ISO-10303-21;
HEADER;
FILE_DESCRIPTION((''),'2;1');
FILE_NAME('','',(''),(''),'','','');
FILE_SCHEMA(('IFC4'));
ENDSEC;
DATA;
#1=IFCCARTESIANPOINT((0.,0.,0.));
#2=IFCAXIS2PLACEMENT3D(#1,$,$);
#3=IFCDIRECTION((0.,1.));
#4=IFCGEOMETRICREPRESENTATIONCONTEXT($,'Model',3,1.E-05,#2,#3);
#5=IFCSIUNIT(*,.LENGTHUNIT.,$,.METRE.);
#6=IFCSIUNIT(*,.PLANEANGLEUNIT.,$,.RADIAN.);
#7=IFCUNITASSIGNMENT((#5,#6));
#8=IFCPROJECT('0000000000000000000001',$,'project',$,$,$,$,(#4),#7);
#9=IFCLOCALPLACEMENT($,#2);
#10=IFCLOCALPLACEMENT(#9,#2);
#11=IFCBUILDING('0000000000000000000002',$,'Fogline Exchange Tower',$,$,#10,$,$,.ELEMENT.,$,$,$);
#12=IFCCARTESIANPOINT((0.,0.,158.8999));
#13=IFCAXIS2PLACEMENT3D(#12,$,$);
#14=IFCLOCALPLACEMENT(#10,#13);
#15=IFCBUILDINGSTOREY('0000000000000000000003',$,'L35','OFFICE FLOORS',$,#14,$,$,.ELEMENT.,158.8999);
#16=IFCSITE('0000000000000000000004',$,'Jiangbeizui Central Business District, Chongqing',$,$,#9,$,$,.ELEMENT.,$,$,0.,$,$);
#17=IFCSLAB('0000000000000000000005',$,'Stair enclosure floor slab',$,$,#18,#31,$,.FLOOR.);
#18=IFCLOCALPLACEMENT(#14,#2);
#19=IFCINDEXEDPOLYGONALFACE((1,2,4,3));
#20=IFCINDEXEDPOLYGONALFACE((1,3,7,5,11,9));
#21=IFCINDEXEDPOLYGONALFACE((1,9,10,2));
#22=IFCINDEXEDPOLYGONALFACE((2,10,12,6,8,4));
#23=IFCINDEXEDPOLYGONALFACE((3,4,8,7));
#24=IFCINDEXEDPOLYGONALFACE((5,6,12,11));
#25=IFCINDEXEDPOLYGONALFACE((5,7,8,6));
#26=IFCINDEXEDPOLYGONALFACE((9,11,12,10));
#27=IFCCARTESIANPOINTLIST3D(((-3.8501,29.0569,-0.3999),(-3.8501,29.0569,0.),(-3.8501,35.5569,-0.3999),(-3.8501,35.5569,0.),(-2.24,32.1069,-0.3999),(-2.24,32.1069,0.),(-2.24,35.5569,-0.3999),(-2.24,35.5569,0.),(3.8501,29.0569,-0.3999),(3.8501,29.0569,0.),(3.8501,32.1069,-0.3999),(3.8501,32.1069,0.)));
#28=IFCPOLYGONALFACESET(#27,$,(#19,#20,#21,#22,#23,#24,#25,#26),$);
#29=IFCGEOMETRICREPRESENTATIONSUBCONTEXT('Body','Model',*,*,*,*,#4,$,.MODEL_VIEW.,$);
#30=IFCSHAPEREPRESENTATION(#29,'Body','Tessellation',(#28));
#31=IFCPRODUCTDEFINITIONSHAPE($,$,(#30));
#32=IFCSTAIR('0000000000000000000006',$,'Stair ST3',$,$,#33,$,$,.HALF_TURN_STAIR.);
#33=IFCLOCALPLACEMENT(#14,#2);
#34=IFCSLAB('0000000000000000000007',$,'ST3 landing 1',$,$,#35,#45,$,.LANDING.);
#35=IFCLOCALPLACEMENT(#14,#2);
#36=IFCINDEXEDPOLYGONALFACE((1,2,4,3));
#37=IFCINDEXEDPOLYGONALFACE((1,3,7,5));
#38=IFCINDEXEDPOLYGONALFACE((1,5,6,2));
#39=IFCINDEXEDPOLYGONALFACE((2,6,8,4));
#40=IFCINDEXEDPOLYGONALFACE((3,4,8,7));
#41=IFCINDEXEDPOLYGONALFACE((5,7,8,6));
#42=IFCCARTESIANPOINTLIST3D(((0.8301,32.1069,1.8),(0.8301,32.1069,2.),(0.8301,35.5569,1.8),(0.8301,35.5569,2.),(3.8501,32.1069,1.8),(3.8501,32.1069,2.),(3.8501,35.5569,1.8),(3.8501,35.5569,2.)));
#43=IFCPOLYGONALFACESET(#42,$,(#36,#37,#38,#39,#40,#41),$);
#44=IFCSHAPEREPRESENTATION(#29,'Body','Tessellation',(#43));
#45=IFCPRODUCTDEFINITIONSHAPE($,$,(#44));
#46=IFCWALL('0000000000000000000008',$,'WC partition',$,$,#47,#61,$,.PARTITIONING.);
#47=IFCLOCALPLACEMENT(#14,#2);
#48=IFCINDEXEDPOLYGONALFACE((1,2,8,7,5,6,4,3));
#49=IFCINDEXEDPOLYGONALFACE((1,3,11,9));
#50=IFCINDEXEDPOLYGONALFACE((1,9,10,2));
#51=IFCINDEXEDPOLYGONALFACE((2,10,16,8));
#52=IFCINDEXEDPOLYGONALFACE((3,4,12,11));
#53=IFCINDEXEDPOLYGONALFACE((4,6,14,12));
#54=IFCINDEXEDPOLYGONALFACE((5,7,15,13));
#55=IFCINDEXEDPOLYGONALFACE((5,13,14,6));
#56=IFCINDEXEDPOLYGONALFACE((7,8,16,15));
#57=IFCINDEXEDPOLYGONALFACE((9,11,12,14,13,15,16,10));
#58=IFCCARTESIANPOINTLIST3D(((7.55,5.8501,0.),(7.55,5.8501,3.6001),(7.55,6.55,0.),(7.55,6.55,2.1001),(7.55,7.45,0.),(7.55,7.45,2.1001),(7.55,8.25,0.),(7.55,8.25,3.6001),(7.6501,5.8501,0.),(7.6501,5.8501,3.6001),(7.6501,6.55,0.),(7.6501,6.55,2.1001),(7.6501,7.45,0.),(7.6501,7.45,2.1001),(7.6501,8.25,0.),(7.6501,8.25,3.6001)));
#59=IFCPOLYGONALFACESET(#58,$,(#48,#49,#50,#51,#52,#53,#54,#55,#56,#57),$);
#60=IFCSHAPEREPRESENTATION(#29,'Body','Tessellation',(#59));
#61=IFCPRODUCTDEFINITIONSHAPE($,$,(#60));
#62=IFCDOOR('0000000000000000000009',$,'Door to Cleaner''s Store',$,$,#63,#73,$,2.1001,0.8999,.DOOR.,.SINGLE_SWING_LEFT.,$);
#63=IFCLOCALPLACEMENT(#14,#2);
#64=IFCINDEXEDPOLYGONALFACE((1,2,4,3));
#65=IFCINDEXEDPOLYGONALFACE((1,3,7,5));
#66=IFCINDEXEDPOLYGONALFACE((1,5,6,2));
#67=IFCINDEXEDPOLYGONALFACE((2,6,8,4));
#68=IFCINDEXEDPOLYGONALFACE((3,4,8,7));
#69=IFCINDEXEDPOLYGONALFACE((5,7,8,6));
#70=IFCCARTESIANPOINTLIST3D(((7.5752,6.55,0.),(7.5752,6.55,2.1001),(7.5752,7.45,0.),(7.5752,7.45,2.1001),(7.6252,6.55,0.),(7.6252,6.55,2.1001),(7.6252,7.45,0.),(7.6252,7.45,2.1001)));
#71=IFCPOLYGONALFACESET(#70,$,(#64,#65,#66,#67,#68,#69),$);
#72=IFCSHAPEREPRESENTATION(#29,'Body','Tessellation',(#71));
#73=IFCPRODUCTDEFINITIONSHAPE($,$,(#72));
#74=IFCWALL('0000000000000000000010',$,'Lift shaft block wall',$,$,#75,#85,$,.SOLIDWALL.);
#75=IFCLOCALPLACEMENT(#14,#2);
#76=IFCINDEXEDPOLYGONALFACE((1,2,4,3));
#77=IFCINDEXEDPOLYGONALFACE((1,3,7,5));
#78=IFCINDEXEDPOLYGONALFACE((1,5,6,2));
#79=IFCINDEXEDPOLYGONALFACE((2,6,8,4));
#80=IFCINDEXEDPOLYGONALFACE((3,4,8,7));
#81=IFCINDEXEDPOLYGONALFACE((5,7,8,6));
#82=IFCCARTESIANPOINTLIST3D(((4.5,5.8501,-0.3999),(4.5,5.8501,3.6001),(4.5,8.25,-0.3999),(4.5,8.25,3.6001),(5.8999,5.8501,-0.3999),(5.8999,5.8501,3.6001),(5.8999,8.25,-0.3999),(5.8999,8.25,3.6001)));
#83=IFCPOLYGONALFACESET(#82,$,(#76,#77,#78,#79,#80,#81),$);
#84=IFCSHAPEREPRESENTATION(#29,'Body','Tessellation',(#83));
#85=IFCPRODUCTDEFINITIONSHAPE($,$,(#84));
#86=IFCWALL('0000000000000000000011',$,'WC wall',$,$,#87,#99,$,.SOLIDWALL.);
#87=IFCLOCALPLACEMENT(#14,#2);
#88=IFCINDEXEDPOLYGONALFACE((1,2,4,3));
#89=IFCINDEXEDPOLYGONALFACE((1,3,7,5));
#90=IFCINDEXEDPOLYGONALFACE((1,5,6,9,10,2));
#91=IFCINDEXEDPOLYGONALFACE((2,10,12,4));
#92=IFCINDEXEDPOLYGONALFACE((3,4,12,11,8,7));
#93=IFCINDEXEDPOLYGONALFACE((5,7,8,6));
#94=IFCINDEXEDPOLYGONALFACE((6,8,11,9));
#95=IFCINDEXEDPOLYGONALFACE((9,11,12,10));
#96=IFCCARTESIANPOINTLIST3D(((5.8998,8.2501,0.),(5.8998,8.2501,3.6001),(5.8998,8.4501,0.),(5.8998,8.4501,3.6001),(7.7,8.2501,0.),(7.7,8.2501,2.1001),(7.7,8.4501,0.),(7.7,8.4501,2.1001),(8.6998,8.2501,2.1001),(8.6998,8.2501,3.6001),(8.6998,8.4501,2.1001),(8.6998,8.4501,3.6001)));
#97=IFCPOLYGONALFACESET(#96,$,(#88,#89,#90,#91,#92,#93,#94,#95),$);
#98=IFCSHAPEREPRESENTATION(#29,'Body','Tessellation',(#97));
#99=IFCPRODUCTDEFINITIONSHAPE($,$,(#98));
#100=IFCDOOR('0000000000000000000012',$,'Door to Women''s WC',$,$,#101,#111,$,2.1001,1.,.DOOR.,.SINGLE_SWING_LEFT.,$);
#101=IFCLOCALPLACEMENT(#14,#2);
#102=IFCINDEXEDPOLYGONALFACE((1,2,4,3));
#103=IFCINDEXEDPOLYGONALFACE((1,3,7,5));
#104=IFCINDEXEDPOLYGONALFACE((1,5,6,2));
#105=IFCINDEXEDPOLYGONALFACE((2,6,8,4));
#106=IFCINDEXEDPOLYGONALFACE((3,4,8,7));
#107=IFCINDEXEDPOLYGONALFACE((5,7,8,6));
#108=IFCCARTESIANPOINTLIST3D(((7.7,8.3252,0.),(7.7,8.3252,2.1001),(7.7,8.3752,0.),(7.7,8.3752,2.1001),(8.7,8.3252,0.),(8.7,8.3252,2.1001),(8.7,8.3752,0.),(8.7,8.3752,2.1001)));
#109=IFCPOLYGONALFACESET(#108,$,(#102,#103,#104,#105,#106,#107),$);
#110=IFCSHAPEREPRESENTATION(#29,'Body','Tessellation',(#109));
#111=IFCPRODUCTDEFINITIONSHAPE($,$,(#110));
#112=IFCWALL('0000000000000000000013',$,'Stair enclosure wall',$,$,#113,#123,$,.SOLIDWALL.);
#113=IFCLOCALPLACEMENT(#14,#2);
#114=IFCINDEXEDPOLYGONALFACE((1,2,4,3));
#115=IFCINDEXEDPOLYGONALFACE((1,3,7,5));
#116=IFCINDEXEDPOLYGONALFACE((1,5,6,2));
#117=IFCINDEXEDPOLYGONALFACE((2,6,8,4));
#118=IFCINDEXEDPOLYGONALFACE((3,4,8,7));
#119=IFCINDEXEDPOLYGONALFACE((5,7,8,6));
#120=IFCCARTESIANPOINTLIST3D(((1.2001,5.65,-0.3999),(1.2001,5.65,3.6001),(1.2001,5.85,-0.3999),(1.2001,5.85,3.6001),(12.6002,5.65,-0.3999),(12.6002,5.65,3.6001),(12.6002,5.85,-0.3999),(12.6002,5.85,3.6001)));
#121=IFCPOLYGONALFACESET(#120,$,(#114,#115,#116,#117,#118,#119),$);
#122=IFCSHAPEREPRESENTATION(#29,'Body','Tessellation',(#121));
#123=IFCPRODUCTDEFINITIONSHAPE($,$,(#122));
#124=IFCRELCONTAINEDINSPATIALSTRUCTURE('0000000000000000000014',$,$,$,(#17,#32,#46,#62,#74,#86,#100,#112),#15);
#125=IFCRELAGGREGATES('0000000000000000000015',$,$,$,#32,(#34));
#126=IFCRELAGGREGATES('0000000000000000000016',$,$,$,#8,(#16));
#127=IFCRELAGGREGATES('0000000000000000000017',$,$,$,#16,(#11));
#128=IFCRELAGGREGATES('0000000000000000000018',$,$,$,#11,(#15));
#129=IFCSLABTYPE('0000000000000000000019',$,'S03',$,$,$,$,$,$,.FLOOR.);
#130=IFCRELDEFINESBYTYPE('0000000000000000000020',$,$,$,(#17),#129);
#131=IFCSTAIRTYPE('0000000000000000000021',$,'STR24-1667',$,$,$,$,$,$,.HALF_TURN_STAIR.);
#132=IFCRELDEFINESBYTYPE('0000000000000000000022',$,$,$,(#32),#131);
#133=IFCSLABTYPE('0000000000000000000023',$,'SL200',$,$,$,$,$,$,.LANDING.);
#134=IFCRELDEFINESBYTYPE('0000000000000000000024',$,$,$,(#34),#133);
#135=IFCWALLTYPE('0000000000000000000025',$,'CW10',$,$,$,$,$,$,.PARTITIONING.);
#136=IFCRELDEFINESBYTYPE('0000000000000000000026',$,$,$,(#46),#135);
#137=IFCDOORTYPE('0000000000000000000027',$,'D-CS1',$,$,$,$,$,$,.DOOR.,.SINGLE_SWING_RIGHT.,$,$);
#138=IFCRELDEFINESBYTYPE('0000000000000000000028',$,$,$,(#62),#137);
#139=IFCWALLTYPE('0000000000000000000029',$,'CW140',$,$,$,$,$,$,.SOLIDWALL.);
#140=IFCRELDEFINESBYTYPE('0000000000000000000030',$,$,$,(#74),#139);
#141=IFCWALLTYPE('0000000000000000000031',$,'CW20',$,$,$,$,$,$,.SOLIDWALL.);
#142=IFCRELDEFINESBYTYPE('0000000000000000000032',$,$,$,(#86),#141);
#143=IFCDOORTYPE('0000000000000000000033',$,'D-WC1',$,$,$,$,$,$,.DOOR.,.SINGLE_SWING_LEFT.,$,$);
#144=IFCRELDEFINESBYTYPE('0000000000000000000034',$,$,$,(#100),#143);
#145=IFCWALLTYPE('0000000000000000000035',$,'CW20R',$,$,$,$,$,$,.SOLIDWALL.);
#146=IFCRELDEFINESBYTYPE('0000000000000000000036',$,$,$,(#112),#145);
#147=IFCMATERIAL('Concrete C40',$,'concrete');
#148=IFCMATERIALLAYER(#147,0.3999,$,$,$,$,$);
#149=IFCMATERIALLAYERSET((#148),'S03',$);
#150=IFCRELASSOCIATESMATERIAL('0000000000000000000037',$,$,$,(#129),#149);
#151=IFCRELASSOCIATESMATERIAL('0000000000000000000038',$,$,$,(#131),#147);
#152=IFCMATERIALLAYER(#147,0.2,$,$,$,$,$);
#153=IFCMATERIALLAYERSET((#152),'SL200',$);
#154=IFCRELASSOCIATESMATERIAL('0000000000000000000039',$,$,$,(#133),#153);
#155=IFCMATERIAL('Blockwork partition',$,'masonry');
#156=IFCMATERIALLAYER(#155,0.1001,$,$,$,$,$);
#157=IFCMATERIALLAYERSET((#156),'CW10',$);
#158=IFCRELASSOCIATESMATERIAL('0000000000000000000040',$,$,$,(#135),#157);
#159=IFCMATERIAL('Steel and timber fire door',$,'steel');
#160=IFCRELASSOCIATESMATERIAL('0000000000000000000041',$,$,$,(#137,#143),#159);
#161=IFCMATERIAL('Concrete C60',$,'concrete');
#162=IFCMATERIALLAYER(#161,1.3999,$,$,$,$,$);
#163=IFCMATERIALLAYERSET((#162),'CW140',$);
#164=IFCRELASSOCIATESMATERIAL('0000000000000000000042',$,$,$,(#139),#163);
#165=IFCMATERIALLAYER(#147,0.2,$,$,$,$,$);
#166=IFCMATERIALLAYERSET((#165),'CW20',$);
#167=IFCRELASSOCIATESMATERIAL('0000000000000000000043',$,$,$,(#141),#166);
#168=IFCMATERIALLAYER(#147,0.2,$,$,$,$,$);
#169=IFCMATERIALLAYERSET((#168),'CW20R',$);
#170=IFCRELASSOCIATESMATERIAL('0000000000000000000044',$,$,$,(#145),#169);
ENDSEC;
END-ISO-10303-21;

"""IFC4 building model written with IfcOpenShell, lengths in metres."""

from ifc_helpers import new_model, si_unit, direction, frame, frame_2d, origin, place, context, subcontext, project, spatial, polyline, rectangle, outline, extrude, material, layer, layer_set, type_object, element, fill, aggregate, save


model = new_model("IFC4")

# Units and contexts
model_context = context("Model", 3, precision=1e-05, world=origin(), true_north=direction((0.0, 1.0)))
body_context = subcontext(model_context, "Body", "Model", "MODEL_VIEW")
ifc_project = project(units=[si_unit("LENGTHUNIT", "METRE"), si_unit("PLANEANGLEUNIT", "RADIAN")], contexts=[model_context])

# Site, building, storey
site_placement = place(None, origin())
site = spatial("IfcSite", under=ifc_project, at=site_placement, Name="Jiangbeizui Central Business District, Chongqing", CompositionType="ELEMENT", RefElevation=0.0)
building_placement = place(site_placement, origin())
building = spatial("IfcBuilding", under=site, at=building_placement, Name="Fogline Exchange Tower", CompositionType="ELEMENT")
storey_placement = place(building_placement, frame((0.0, 0.0, 158.8999)))
storey = spatial("IfcBuildingStorey", under=building, at=storey_placement, Name="L35", Description="OFFICE FLOORS", CompositionType="ELEMENT", Elevation=158.8999)

# Slab
ifc_material_1 = material(Name="Concrete C40", Category="concrete")
ifc_layer_1 = layer(ifc_material_1, 0.3999)
ifc_layer_set_1 = layer_set([ifc_layer_1], Name="S03")
slab_type_1 = type_object("IfcSlabType", Name="S03", PredefinedType="FLOOR", material=ifc_layer_set_1)
slab_1_placement = place(storey_placement, frame((0.0, 0.0, -0.3999)))
element("IfcSlab", 1, at=slab_1_placement, inside=storey, type_object=slab_type_1, Name="Stair enclosure floor slab", PredefinedType="FLOOR", context=body_context, shape_type="SweptSolid", body=[
    extrude(outline(polyline([(3.8501, 29.0569), (-3.8501, 29.0569), (-3.8501, 35.5569), (-2.24, 35.5569), (-2.24, 32.1069), (3.8501, 32.1069), (3.8501, 29.0569)])), origin(), (0.0, 0.0, 1.0), 0.3999),
])

# Stair, slab
stair_type = type_object("IfcStairType", Name="STR24-1667", PredefinedType="HALF_TURN_STAIR", material=ifc_material_1)
stair_1_placement = place(storey_placement, origin())
stair_1 = element("IfcStair", 2, at=stair_1_placement, inside=storey, type_object=stair_type, Name="Stair ST3", PredefinedType="HALF_TURN_STAIR")
ifc_layer_2 = layer(ifc_material_1, 0.2)
ifc_layer_set_2 = layer_set([ifc_layer_2], Name="SL200")
slab_type_2 = type_object("IfcSlabType", Name="SL200", PredefinedType="LANDING", material=ifc_layer_set_2)
slab_2_placement = place(storey_placement, frame((0.0, 0.0, 1.8)))
slab_2 = element("IfcSlab", 3, at=slab_2_placement, type_object=slab_type_2, Name="ST3 landing 1", PredefinedType="LANDING", context=body_context, shape_type="SweptSolid", body=[
    extrude(outline(polyline([(0.8301, 32.1069), (3.8501, 32.1069), (3.8501, 35.5569), (0.8301, 35.5569), (0.8301, 32.1069)])), origin(), (0.0, 0.0, 1.0), 0.2),
])
aggregate(stair_1, [slab_2])

# Wall, opening, door
ifc_material_2 = material(Name="Blockwork partition", Category="masonry")
ifc_layer_3 = layer(ifc_material_2, 0.1001)
ifc_layer_set_3 = layer_set([ifc_layer_3], Name="CW10")
wall_type_1 = type_object("IfcWallType", Name="CW10", PredefinedType="PARTITIONING", material=ifc_layer_set_3)
wall_1_placement = place(storey_placement, frame((7.6001, 5.8501, 0.0), z_axis=(0.0, 0.0, 1.0), x_axis=(0.0, 1.0, 0.0)))
wall_1 = element("IfcWall", 4, at=wall_1_placement, inside=storey, type_object=wall_type_1, Name="WC partition", PredefinedType="PARTITIONING", context=body_context, shape_type="SweptSolid", body=[
    extrude(rectangle(XDim=2.3999, YDim=0.1001, at=frame_2d((1.2, 0.0))), origin(), (0.0, 0.0, 1.0), 3.6001),
])
opening_1_placement = place(wall_1_placement, frame((0.7, 0.0, 0.0)))
opening_1 = element("IfcOpeningElement", 5, at=opening_1_placement, cuts=wall_1, PredefinedType="OPENING", context=body_context, shape_type="SweptSolid", body=[
    extrude(rectangle(XDim=0.8999, YDim=2.1001, at=frame_2d((0.45, 1.05))), frame((0.0, 0.0601, 0.0), z_axis=(0.0, -1.0, 0.0), x_axis=(1.0, 0.0, 0.0)), (0.0, 0.0, 1.0), 0.1201),
])
ifc_material_3 = material(Name="Steel and timber fire door", Category="steel")
door_type_1 = type_object("IfcDoorType", Name="D-CS1", OperationType="SINGLE_SWING_RIGHT", PredefinedType="DOOR", material=ifc_material_3)
door_1_placement = place(opening_1_placement, origin())
door_1 = element("IfcDoor", 6, at=door_1_placement, inside=storey, type_object=door_type_1, Name="Door to Cleaner's Store", OperationType="SINGLE_SWING_LEFT", OverallHeight=2.1001, OverallWidth=0.8999, PredefinedType="DOOR", context=body_context, shape_type="SweptSolid", body=[
    extrude(rectangle(XDim=0.8999, YDim=2.1001, at=frame_2d((0.45, 1.05))), frame((0.0, 0.0249, 0.0), z_axis=(0.0, -1.0, 0.0), x_axis=(1.0, 0.0, 0.0)), (0.0, 0.0, 1.0), 0.05),
])
fill(opening_1, door_1)

# Wall
ifc_material_4 = material(Name="Concrete C60", Category="concrete")
ifc_layer_4 = layer(ifc_material_4, 1.3999)
ifc_layer_set_4 = layer_set([ifc_layer_4], Name="CW140")
wall_type_2 = type_object("IfcWallType", Name="CW140", PredefinedType="SOLIDWALL", material=ifc_layer_set_4)
wall_2_placement = place(storey_placement, frame((5.2, 5.8501, -0.3999), z_axis=(0.0, 0.0, 1.0), x_axis=(0.0, 1.0, 0.0)))
element("IfcWall", 7, at=wall_2_placement, inside=storey, type_object=wall_type_2, Name="Lift shaft block wall", PredefinedType="SOLIDWALL", context=body_context, shape_type="SweptSolid", body=[
    extrude(rectangle(XDim=2.3999, YDim=1.3999, at=frame_2d((1.2, 0.0))), origin(), (0.0, 0.0, 1.0), 4.0),
])

# Wall, opening, door
ifc_layer_5 = layer(ifc_material_1, 0.2)
ifc_layer_set_5 = layer_set([ifc_layer_5], Name="CW20")
wall_type_3 = type_object("IfcWallType", Name="CW20", PredefinedType="SOLIDWALL", material=ifc_layer_set_5)
wall_3_placement = place(storey_placement, frame((5.8999, 8.3501, 0.0), z_axis=(0.0, 0.0, 1.0), x_axis=(1.0, 0.0, 0.0)))
wall_3 = element("IfcWall", 8, at=wall_3_placement, inside=storey, type_object=wall_type_3, Name="WC wall", PredefinedType="SOLIDWALL", context=body_context, shape_type="SweptSolid", body=[
    extrude(rectangle(XDim=2.8, YDim=0.2, at=frame_2d((1.3999, 0.0))), origin(), (0.0, 0.0, 1.0), 3.6001),
])
opening_2_placement = place(wall_3_placement, frame((1.8, 0.0, 0.0)))
opening_2 = element("IfcOpeningElement", 9, at=opening_2_placement, cuts=wall_3, PredefinedType="OPENING", context=body_context, shape_type="SweptSolid", body=[
    extrude(rectangle(XDim=1.0, YDim=2.1001, at=frame_2d((0.5, 1.05))), frame((0.0, 0.1099, 0.0), z_axis=(0.0, -1.0, 0.0), x_axis=(1.0, 0.0, 0.0)), (0.0, 0.0, 1.0), 0.22),
])
door_type_2 = type_object("IfcDoorType", Name="D-WC1", OperationType="SINGLE_SWING_LEFT", PredefinedType="DOOR", material=ifc_material_3)
door_2_placement = place(opening_2_placement, frame((1.0, 0.0, 0.0), z_axis=(0.0, 0.0, 1.0), x_axis=(-1.0, 0.0, 0.0)))
door_2 = element("IfcDoor", 10, at=door_2_placement, inside=storey, type_object=door_type_2, Name="Door to Women's WC", OperationType="SINGLE_SWING_LEFT", OverallHeight=2.1001, OverallWidth=1.0, PredefinedType="DOOR", context=body_context, shape_type="SweptSolid", body=[
    extrude(rectangle(XDim=1.0, YDim=2.1001, at=frame_2d((0.5, 1.05))), frame((0.0, 0.0249, 0.0), z_axis=(0.0, -1.0, 0.0), x_axis=(1.0, 0.0, 0.0)), (0.0, 0.0, 1.0), 0.05),
])
fill(opening_2, door_2)

# Wall
ifc_layer_6 = layer(ifc_material_1, 0.2)
ifc_layer_set_6 = layer_set([ifc_layer_6], Name="CW20R")
wall_type_4 = type_object("IfcWallType", Name="CW20R", PredefinedType="SOLIDWALL", material=ifc_layer_set_6)
wall_4_placement = place(storey_placement, frame((1.2, 5.75, -0.3999), z_axis=(0.0, 0.0, 1.0), x_axis=(1.0, 0.0, 0.0)))
element("IfcWall", 11, at=wall_4_placement, inside=storey, type_object=wall_type_4, Name="Stair enclosure wall", PredefinedType="SOLIDWALL", context=body_context, shape_type="SweptSolid", body=[
    extrude(rectangle(XDim=11.4001, YDim=0.2, at=frame_2d((5.7002, 0.0))), origin(), (0.0, 0.0, 1.0), 4.0),
])

save(model, "model.ifc")
